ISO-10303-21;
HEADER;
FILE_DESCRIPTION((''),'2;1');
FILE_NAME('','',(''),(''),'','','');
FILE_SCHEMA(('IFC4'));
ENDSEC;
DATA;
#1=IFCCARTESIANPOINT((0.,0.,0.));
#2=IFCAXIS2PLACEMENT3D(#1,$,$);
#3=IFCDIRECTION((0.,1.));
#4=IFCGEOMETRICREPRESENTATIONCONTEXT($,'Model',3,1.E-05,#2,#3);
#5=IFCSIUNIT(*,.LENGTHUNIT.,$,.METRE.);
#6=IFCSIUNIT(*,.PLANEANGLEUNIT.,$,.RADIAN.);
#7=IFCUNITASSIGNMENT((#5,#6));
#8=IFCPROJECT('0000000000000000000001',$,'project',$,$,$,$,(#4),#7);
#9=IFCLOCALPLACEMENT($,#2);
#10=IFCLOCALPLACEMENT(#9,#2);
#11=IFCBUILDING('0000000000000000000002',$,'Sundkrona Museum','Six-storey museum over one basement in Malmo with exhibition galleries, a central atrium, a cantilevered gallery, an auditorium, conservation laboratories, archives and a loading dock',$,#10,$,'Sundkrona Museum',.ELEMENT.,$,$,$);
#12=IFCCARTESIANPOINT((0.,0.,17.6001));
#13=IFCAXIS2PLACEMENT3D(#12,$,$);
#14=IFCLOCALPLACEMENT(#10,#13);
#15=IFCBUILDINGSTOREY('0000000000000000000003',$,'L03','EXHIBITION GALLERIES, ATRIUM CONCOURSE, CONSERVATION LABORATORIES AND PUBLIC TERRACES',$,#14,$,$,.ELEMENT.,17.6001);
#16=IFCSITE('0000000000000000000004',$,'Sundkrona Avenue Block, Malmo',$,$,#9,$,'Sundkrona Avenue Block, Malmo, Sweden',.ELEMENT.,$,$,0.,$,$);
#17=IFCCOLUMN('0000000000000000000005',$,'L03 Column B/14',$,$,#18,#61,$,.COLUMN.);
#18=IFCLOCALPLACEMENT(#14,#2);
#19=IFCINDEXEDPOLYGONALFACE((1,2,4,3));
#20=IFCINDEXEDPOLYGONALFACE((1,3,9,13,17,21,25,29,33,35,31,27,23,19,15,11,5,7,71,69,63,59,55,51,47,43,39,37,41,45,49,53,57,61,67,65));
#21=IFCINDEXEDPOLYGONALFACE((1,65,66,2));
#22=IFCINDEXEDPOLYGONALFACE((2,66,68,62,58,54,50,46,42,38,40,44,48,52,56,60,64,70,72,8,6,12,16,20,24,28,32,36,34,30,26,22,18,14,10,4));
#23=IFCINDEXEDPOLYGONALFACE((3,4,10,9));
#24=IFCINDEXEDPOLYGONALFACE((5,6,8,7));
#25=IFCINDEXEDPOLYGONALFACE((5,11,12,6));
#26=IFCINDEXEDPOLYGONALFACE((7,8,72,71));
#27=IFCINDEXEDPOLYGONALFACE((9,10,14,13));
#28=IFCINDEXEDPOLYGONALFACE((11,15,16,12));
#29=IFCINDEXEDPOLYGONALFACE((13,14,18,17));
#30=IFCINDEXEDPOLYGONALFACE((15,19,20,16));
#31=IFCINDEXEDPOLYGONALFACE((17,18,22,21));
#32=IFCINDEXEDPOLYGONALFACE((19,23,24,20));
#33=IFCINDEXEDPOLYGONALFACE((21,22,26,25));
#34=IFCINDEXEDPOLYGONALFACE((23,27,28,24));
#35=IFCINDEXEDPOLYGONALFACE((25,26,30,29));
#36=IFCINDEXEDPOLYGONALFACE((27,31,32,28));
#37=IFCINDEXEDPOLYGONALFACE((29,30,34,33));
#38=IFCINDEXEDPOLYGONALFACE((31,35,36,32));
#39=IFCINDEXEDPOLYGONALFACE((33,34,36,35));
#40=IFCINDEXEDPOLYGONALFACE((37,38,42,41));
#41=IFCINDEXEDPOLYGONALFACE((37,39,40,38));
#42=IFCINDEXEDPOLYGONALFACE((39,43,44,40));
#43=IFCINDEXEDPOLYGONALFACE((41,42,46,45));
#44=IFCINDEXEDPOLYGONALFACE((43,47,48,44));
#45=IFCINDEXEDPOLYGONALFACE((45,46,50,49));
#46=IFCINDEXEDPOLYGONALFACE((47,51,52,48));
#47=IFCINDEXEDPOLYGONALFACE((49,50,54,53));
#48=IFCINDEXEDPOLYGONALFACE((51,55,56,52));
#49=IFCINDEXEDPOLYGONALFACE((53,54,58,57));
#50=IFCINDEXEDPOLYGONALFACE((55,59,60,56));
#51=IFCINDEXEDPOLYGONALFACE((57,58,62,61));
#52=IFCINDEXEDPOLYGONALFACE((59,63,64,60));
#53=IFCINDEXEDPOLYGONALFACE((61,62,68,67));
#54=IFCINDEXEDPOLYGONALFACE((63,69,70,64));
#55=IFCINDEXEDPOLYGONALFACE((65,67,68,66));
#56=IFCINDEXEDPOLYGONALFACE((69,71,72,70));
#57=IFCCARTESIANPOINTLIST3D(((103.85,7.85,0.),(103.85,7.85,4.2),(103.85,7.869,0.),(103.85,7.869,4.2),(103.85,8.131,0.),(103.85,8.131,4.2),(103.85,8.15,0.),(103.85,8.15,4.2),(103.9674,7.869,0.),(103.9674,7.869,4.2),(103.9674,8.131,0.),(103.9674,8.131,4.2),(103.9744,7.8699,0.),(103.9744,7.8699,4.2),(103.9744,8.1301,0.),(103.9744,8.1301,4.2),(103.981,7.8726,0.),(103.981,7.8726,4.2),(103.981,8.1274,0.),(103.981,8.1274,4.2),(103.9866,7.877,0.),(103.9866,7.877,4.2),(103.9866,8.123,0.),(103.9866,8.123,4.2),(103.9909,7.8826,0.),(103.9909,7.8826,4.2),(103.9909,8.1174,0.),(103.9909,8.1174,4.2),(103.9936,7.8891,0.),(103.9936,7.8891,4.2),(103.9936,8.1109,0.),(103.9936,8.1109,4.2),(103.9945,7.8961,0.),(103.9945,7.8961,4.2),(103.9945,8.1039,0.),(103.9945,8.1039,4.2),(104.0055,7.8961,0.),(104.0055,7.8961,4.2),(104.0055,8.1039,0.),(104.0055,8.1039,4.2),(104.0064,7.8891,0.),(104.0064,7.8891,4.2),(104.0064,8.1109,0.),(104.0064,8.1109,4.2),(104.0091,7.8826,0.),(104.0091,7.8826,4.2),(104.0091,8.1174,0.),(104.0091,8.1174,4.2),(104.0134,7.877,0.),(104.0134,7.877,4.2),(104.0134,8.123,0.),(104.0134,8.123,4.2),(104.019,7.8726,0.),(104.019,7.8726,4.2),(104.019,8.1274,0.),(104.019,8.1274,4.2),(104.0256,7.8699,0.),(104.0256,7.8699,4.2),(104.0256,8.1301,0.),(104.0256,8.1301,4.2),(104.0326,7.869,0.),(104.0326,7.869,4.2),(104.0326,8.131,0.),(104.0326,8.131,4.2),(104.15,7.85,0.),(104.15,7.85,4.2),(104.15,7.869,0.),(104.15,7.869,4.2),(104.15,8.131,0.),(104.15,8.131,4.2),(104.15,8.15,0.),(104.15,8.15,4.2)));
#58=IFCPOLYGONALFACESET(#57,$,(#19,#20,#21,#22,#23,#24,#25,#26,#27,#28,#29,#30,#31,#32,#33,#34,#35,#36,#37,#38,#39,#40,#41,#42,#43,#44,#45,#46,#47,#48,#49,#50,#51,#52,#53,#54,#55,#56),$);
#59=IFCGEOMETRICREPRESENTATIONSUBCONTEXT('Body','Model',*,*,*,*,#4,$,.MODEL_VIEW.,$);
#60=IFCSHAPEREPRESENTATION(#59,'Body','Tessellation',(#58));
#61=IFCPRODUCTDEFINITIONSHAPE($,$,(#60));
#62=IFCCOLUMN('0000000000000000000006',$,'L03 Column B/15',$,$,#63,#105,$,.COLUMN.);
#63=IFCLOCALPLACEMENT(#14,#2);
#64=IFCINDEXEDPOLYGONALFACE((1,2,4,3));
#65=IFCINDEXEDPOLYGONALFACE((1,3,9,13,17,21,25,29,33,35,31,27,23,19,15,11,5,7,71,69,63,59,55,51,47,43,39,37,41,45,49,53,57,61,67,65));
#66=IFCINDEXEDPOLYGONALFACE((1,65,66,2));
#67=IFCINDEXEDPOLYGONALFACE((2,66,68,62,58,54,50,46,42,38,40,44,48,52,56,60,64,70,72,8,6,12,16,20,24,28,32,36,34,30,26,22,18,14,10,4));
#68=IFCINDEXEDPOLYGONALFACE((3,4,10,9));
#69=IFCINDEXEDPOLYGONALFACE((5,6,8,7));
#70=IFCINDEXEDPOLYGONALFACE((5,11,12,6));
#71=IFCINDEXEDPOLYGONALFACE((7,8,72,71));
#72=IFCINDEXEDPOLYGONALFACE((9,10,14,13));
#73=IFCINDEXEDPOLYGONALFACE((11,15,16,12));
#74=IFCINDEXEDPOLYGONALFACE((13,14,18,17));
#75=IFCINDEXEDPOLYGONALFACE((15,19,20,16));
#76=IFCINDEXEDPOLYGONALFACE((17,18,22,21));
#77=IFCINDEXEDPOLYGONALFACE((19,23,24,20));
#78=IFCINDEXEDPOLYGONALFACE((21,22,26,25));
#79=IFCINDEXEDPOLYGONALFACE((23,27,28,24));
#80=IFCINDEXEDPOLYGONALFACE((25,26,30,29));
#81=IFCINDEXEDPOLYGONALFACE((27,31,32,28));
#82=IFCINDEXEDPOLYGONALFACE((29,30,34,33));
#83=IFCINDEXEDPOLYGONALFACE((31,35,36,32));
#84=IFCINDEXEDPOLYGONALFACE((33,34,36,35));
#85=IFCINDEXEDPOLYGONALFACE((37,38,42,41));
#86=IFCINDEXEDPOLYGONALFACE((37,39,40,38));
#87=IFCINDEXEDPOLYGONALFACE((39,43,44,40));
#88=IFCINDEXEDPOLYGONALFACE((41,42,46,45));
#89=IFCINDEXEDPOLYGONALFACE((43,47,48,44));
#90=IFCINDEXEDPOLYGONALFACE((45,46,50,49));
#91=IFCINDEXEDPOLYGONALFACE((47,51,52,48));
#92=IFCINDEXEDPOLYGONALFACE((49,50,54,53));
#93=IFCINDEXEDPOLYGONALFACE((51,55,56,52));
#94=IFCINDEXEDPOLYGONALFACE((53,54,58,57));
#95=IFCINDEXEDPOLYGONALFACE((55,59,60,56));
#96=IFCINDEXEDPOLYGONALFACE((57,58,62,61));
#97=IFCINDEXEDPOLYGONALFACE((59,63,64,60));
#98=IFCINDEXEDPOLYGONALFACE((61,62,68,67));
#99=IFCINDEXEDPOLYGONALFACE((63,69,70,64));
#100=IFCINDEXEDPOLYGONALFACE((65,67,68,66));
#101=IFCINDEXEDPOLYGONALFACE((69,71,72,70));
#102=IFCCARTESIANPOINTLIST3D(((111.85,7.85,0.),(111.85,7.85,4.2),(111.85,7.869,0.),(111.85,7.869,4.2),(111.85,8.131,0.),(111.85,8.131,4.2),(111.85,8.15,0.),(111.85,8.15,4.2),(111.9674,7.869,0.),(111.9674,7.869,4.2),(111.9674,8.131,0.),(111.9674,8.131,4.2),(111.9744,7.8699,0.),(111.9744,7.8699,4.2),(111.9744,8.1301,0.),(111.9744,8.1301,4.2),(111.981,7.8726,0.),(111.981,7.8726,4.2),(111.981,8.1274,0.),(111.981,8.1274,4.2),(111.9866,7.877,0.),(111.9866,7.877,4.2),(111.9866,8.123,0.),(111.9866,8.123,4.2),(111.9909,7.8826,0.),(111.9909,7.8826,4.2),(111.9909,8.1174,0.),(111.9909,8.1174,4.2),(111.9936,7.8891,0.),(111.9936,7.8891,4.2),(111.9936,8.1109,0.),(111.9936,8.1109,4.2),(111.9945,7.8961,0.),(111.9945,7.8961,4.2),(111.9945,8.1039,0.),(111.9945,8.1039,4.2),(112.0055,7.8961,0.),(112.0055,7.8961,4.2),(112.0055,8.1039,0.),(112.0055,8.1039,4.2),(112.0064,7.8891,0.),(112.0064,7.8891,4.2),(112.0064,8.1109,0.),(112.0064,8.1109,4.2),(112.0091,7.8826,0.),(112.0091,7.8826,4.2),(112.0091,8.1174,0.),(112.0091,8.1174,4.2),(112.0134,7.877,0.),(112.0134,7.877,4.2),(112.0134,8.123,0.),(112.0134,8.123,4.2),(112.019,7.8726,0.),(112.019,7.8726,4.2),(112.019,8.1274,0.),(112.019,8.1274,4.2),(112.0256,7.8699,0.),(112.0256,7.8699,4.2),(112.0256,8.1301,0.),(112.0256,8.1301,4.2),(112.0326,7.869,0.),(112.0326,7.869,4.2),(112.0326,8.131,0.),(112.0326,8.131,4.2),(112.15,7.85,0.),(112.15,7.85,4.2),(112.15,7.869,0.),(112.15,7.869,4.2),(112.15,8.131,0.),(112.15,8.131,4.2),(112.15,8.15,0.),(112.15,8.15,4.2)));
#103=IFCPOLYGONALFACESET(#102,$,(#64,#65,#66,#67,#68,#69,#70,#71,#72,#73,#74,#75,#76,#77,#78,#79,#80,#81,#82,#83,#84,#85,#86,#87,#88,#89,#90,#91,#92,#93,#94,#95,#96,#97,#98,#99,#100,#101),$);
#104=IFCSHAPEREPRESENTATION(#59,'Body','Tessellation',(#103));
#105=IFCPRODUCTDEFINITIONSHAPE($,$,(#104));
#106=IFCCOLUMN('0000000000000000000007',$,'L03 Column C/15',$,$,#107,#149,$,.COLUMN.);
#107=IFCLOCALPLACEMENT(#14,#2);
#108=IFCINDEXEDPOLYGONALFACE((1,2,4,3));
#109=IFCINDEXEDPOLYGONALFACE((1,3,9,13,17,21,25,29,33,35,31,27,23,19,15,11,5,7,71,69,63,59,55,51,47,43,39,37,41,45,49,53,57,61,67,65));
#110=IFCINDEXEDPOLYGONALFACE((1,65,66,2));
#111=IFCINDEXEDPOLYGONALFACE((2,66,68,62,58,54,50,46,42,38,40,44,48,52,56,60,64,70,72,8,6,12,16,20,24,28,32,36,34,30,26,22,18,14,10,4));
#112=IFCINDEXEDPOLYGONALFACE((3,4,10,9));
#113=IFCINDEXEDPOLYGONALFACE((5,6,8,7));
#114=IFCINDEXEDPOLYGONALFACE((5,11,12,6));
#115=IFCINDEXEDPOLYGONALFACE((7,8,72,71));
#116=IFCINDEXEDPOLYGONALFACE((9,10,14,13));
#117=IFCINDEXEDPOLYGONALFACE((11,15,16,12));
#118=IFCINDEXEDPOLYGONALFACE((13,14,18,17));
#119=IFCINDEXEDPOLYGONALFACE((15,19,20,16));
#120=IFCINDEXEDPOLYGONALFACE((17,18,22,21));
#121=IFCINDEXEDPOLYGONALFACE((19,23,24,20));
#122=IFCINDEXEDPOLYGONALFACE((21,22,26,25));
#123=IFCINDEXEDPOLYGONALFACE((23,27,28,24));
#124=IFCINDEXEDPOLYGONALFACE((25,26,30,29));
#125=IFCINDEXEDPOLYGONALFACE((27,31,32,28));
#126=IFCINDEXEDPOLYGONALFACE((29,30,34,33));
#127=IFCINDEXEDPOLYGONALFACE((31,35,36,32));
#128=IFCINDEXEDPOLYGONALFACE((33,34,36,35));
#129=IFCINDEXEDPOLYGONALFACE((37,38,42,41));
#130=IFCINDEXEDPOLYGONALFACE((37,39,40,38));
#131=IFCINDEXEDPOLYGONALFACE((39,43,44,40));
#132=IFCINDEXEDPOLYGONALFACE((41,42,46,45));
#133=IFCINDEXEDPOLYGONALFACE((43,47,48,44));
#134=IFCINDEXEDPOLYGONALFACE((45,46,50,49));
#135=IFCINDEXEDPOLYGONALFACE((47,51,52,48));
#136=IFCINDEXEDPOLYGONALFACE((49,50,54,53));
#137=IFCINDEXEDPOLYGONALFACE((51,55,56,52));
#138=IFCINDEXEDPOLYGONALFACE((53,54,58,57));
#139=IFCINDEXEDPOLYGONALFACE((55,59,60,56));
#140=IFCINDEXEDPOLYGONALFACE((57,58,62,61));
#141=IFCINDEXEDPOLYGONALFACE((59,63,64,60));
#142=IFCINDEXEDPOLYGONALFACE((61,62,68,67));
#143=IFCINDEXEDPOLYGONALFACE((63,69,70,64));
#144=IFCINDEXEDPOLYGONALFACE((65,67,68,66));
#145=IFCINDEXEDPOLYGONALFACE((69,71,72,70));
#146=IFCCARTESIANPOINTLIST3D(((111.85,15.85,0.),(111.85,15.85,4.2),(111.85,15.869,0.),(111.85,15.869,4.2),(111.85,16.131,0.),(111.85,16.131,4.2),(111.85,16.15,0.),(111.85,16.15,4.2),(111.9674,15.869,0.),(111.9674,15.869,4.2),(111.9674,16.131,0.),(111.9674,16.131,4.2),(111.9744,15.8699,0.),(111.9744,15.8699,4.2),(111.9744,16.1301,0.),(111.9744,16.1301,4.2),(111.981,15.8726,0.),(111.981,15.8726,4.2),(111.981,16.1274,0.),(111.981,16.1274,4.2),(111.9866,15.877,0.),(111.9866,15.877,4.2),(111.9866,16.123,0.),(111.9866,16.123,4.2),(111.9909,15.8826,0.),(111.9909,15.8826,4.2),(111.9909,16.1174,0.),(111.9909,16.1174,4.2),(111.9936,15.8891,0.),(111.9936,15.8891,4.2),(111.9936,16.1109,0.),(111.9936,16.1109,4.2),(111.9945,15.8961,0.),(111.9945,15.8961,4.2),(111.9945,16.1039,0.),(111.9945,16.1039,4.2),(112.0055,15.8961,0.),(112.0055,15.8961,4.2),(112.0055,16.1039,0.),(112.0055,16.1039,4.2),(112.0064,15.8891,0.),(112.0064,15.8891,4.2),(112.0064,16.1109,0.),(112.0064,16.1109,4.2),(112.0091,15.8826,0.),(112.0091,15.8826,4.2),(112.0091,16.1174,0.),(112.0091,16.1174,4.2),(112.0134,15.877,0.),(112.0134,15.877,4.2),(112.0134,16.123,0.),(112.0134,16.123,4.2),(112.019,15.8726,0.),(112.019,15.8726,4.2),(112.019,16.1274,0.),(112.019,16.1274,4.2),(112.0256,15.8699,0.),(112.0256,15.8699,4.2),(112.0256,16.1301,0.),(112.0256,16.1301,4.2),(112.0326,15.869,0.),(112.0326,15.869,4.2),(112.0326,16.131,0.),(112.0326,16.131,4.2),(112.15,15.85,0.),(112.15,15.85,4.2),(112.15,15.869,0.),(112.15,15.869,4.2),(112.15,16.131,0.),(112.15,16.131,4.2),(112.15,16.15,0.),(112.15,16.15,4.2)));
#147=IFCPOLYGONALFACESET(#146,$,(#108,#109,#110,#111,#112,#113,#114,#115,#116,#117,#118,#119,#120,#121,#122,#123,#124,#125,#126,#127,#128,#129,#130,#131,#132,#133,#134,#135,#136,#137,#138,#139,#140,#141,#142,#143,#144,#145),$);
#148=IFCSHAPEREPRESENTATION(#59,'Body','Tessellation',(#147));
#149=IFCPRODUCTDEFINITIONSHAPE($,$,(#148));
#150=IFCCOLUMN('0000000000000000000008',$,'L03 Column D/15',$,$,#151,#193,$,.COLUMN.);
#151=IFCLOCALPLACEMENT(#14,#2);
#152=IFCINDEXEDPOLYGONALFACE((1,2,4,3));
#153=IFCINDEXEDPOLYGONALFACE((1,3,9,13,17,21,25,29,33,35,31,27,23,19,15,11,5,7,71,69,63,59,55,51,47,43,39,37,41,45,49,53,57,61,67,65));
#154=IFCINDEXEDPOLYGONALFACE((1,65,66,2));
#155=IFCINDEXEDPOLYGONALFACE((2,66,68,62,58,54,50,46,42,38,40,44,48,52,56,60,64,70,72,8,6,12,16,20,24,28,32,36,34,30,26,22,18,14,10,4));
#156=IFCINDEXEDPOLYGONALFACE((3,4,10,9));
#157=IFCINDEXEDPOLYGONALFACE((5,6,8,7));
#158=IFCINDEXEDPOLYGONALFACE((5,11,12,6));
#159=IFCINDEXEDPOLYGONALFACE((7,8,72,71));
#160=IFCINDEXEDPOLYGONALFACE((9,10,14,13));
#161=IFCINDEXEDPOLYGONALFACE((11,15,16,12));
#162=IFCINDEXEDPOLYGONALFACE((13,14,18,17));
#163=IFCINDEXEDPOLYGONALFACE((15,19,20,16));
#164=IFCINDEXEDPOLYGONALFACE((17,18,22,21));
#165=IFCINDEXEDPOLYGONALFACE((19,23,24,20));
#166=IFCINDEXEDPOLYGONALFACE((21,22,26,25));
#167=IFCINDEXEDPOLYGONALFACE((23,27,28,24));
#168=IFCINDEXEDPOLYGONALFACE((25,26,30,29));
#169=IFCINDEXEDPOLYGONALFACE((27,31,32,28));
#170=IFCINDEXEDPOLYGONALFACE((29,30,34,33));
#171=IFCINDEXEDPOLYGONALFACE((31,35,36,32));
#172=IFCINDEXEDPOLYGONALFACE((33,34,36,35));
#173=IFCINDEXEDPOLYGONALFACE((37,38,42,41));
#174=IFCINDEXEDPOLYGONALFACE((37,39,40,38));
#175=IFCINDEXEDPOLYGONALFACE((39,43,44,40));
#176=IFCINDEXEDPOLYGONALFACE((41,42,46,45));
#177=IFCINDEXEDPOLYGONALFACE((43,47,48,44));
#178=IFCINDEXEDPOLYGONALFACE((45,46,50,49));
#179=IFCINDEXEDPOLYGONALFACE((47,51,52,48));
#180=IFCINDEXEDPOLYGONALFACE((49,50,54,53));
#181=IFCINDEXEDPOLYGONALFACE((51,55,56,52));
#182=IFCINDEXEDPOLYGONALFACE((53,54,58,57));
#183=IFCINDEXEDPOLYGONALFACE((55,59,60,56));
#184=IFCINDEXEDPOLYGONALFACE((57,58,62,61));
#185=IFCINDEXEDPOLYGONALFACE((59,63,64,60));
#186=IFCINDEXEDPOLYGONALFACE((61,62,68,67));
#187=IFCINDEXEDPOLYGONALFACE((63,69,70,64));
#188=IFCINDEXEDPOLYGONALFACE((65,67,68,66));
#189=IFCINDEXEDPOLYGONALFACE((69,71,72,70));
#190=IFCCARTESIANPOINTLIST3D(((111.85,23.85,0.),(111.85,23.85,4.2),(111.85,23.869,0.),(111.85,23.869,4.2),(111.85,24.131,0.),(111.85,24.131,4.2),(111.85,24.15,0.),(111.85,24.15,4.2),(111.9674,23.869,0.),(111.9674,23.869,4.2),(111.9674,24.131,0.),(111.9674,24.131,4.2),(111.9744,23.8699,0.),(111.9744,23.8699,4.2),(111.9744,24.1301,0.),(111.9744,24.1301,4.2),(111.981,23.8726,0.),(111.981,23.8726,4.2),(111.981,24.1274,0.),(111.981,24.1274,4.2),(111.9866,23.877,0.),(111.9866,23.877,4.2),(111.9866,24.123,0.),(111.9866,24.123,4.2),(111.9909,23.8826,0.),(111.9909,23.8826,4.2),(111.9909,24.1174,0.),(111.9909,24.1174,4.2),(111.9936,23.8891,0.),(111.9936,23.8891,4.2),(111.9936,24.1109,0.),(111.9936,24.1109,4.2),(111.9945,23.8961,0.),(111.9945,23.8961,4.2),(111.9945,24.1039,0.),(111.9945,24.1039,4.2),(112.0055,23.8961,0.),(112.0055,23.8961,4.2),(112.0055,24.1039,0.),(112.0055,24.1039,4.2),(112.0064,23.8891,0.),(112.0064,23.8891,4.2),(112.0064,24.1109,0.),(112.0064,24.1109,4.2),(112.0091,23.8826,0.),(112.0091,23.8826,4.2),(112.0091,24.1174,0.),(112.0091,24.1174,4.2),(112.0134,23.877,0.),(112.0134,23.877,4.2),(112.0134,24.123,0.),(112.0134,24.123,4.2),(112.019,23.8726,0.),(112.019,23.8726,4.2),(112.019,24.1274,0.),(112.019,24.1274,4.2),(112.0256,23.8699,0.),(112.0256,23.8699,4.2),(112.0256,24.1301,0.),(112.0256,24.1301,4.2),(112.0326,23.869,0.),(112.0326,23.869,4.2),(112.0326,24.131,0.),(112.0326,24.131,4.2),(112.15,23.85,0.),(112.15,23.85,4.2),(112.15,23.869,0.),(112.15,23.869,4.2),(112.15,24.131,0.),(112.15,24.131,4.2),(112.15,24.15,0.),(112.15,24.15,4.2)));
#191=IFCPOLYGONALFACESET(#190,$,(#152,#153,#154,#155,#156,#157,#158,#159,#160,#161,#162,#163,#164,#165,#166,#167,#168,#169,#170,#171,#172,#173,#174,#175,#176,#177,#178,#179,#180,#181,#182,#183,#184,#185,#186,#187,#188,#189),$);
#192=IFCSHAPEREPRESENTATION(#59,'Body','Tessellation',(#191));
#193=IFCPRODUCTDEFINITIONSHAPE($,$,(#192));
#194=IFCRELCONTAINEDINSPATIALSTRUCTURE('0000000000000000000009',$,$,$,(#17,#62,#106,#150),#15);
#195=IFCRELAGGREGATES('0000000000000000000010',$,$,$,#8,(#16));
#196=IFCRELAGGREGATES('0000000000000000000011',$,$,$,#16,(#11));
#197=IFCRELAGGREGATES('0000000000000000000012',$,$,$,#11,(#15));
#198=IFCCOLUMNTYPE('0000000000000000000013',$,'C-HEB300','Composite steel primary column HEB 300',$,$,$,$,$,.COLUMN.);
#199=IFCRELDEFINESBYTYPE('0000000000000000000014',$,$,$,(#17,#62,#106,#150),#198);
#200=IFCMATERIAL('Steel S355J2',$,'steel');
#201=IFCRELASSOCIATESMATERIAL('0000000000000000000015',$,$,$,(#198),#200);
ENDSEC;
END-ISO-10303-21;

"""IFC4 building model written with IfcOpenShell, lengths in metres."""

from ifc_helpers import new_model, si_unit, direction, frame, origin, origin_2d, place, context, subcontext, project, spatial, i_section, extrude, material, material_profile, profile_set, type_object, element, save


model = new_model("IFC4")

# Units and contexts
model_context = context("Model", 3, precision=1e-05, world=origin(), true_north=direction((0.0, 1.0)))
body_context = subcontext(model_context, "Body", "Model", "MODEL_VIEW")
ifc_project = project(units=[si_unit("LENGTHUNIT", "METRE"), si_unit("PLANEANGLEUNIT", "RADIAN")], contexts=[model_context])

# Site, building, storey
site_placement = place(None, origin())
site = spatial("IfcSite", under=ifc_project, at=site_placement, Name="Sundkrona Avenue Block, Malmo", LongName="Sundkrona Avenue Block, Malmo, Sweden", CompositionType="ELEMENT", RefElevation=0.0)
building_placement = place(site_placement, origin())
building = spatial("IfcBuilding", under=site, at=building_placement, Name="Sundkrona Museum", Description="Six-storey museum over one basement in Malmo with exhibition galleries, a central atrium, a cantilevered gallery, an auditorium, conservation laboratories, archives and a loading dock", LongName="Sundkrona Museum", CompositionType="ELEMENT")
storey_placement = place(building_placement, frame((0.0, 0.0, 17.6001)))
storey = spatial("IfcBuildingStorey", under=building, at=storey_placement, Name="L03", Description="EXHIBITION GALLERIES, ATRIUM CONCOURSE, CONSERVATION LABORATORIES AND PUBLIC TERRACES", CompositionType="ELEMENT", Elevation=17.6001)

# Columns
ifc_material_1 = material(Name="Steel S355J2", Category="steel")
ifc_material_profile_1 = material_profile(ifc_material_1, i_section(OverallWidth=0.3, OverallDepth=0.3, WebThickness=0.011, FlangeThickness=0.019, FilletRadius=0.0271, at=origin_2d()), Name="HEB 300")
ifc_profile_set_1 = profile_set([ifc_material_profile_1], Name="Steel S355J2")
column_type_1 = type_object("IfcColumnType", Name="C-HEB300", Description="Composite steel primary column HEB 300", PredefinedType="COLUMN", material=ifc_profile_set_1)
for number, where, z_axis, x_axis, name in (
    (1, (104.0, 8.0, 0.0), (0.0, 0.0, 1.0), (1.0, 0.0, 0.0), "L03 Column B/14"),
    (2, (112.0, 8.0, 0.0), (0.0, 0.0, 1.0), (1.0, 0.0, 0.0), "L03 Column B/15"),
    (3, (112.0, 16.0, 0.0), (0.0, 0.0, 1.0), (1.0, 0.0, 0.0), "L03 Column C/15"),
    (4, (112.0, 24.0, 0.0), (0.0, 0.0, 1.0), (1.0, 0.0, 0.0), "L03 Column D/15"),
):
    element("IfcColumn", number, at=place(storey_placement, frame(where, z_axis=z_axis, x_axis=x_axis)), inside=storey, type_object=column_type_1, Name=name, PredefinedType="COLUMN", context=body_context, shape_type="SweptSolid", body=[
        extrude(i_section(OverallWidth=0.3, OverallDepth=0.3, WebThickness=0.011, FlangeThickness=0.019, FilletRadius=0.0271, at=origin_2d()), origin(), (0.0, 0.0, 1.0), 4.2),
    ])

save(model, "model.ifc")
